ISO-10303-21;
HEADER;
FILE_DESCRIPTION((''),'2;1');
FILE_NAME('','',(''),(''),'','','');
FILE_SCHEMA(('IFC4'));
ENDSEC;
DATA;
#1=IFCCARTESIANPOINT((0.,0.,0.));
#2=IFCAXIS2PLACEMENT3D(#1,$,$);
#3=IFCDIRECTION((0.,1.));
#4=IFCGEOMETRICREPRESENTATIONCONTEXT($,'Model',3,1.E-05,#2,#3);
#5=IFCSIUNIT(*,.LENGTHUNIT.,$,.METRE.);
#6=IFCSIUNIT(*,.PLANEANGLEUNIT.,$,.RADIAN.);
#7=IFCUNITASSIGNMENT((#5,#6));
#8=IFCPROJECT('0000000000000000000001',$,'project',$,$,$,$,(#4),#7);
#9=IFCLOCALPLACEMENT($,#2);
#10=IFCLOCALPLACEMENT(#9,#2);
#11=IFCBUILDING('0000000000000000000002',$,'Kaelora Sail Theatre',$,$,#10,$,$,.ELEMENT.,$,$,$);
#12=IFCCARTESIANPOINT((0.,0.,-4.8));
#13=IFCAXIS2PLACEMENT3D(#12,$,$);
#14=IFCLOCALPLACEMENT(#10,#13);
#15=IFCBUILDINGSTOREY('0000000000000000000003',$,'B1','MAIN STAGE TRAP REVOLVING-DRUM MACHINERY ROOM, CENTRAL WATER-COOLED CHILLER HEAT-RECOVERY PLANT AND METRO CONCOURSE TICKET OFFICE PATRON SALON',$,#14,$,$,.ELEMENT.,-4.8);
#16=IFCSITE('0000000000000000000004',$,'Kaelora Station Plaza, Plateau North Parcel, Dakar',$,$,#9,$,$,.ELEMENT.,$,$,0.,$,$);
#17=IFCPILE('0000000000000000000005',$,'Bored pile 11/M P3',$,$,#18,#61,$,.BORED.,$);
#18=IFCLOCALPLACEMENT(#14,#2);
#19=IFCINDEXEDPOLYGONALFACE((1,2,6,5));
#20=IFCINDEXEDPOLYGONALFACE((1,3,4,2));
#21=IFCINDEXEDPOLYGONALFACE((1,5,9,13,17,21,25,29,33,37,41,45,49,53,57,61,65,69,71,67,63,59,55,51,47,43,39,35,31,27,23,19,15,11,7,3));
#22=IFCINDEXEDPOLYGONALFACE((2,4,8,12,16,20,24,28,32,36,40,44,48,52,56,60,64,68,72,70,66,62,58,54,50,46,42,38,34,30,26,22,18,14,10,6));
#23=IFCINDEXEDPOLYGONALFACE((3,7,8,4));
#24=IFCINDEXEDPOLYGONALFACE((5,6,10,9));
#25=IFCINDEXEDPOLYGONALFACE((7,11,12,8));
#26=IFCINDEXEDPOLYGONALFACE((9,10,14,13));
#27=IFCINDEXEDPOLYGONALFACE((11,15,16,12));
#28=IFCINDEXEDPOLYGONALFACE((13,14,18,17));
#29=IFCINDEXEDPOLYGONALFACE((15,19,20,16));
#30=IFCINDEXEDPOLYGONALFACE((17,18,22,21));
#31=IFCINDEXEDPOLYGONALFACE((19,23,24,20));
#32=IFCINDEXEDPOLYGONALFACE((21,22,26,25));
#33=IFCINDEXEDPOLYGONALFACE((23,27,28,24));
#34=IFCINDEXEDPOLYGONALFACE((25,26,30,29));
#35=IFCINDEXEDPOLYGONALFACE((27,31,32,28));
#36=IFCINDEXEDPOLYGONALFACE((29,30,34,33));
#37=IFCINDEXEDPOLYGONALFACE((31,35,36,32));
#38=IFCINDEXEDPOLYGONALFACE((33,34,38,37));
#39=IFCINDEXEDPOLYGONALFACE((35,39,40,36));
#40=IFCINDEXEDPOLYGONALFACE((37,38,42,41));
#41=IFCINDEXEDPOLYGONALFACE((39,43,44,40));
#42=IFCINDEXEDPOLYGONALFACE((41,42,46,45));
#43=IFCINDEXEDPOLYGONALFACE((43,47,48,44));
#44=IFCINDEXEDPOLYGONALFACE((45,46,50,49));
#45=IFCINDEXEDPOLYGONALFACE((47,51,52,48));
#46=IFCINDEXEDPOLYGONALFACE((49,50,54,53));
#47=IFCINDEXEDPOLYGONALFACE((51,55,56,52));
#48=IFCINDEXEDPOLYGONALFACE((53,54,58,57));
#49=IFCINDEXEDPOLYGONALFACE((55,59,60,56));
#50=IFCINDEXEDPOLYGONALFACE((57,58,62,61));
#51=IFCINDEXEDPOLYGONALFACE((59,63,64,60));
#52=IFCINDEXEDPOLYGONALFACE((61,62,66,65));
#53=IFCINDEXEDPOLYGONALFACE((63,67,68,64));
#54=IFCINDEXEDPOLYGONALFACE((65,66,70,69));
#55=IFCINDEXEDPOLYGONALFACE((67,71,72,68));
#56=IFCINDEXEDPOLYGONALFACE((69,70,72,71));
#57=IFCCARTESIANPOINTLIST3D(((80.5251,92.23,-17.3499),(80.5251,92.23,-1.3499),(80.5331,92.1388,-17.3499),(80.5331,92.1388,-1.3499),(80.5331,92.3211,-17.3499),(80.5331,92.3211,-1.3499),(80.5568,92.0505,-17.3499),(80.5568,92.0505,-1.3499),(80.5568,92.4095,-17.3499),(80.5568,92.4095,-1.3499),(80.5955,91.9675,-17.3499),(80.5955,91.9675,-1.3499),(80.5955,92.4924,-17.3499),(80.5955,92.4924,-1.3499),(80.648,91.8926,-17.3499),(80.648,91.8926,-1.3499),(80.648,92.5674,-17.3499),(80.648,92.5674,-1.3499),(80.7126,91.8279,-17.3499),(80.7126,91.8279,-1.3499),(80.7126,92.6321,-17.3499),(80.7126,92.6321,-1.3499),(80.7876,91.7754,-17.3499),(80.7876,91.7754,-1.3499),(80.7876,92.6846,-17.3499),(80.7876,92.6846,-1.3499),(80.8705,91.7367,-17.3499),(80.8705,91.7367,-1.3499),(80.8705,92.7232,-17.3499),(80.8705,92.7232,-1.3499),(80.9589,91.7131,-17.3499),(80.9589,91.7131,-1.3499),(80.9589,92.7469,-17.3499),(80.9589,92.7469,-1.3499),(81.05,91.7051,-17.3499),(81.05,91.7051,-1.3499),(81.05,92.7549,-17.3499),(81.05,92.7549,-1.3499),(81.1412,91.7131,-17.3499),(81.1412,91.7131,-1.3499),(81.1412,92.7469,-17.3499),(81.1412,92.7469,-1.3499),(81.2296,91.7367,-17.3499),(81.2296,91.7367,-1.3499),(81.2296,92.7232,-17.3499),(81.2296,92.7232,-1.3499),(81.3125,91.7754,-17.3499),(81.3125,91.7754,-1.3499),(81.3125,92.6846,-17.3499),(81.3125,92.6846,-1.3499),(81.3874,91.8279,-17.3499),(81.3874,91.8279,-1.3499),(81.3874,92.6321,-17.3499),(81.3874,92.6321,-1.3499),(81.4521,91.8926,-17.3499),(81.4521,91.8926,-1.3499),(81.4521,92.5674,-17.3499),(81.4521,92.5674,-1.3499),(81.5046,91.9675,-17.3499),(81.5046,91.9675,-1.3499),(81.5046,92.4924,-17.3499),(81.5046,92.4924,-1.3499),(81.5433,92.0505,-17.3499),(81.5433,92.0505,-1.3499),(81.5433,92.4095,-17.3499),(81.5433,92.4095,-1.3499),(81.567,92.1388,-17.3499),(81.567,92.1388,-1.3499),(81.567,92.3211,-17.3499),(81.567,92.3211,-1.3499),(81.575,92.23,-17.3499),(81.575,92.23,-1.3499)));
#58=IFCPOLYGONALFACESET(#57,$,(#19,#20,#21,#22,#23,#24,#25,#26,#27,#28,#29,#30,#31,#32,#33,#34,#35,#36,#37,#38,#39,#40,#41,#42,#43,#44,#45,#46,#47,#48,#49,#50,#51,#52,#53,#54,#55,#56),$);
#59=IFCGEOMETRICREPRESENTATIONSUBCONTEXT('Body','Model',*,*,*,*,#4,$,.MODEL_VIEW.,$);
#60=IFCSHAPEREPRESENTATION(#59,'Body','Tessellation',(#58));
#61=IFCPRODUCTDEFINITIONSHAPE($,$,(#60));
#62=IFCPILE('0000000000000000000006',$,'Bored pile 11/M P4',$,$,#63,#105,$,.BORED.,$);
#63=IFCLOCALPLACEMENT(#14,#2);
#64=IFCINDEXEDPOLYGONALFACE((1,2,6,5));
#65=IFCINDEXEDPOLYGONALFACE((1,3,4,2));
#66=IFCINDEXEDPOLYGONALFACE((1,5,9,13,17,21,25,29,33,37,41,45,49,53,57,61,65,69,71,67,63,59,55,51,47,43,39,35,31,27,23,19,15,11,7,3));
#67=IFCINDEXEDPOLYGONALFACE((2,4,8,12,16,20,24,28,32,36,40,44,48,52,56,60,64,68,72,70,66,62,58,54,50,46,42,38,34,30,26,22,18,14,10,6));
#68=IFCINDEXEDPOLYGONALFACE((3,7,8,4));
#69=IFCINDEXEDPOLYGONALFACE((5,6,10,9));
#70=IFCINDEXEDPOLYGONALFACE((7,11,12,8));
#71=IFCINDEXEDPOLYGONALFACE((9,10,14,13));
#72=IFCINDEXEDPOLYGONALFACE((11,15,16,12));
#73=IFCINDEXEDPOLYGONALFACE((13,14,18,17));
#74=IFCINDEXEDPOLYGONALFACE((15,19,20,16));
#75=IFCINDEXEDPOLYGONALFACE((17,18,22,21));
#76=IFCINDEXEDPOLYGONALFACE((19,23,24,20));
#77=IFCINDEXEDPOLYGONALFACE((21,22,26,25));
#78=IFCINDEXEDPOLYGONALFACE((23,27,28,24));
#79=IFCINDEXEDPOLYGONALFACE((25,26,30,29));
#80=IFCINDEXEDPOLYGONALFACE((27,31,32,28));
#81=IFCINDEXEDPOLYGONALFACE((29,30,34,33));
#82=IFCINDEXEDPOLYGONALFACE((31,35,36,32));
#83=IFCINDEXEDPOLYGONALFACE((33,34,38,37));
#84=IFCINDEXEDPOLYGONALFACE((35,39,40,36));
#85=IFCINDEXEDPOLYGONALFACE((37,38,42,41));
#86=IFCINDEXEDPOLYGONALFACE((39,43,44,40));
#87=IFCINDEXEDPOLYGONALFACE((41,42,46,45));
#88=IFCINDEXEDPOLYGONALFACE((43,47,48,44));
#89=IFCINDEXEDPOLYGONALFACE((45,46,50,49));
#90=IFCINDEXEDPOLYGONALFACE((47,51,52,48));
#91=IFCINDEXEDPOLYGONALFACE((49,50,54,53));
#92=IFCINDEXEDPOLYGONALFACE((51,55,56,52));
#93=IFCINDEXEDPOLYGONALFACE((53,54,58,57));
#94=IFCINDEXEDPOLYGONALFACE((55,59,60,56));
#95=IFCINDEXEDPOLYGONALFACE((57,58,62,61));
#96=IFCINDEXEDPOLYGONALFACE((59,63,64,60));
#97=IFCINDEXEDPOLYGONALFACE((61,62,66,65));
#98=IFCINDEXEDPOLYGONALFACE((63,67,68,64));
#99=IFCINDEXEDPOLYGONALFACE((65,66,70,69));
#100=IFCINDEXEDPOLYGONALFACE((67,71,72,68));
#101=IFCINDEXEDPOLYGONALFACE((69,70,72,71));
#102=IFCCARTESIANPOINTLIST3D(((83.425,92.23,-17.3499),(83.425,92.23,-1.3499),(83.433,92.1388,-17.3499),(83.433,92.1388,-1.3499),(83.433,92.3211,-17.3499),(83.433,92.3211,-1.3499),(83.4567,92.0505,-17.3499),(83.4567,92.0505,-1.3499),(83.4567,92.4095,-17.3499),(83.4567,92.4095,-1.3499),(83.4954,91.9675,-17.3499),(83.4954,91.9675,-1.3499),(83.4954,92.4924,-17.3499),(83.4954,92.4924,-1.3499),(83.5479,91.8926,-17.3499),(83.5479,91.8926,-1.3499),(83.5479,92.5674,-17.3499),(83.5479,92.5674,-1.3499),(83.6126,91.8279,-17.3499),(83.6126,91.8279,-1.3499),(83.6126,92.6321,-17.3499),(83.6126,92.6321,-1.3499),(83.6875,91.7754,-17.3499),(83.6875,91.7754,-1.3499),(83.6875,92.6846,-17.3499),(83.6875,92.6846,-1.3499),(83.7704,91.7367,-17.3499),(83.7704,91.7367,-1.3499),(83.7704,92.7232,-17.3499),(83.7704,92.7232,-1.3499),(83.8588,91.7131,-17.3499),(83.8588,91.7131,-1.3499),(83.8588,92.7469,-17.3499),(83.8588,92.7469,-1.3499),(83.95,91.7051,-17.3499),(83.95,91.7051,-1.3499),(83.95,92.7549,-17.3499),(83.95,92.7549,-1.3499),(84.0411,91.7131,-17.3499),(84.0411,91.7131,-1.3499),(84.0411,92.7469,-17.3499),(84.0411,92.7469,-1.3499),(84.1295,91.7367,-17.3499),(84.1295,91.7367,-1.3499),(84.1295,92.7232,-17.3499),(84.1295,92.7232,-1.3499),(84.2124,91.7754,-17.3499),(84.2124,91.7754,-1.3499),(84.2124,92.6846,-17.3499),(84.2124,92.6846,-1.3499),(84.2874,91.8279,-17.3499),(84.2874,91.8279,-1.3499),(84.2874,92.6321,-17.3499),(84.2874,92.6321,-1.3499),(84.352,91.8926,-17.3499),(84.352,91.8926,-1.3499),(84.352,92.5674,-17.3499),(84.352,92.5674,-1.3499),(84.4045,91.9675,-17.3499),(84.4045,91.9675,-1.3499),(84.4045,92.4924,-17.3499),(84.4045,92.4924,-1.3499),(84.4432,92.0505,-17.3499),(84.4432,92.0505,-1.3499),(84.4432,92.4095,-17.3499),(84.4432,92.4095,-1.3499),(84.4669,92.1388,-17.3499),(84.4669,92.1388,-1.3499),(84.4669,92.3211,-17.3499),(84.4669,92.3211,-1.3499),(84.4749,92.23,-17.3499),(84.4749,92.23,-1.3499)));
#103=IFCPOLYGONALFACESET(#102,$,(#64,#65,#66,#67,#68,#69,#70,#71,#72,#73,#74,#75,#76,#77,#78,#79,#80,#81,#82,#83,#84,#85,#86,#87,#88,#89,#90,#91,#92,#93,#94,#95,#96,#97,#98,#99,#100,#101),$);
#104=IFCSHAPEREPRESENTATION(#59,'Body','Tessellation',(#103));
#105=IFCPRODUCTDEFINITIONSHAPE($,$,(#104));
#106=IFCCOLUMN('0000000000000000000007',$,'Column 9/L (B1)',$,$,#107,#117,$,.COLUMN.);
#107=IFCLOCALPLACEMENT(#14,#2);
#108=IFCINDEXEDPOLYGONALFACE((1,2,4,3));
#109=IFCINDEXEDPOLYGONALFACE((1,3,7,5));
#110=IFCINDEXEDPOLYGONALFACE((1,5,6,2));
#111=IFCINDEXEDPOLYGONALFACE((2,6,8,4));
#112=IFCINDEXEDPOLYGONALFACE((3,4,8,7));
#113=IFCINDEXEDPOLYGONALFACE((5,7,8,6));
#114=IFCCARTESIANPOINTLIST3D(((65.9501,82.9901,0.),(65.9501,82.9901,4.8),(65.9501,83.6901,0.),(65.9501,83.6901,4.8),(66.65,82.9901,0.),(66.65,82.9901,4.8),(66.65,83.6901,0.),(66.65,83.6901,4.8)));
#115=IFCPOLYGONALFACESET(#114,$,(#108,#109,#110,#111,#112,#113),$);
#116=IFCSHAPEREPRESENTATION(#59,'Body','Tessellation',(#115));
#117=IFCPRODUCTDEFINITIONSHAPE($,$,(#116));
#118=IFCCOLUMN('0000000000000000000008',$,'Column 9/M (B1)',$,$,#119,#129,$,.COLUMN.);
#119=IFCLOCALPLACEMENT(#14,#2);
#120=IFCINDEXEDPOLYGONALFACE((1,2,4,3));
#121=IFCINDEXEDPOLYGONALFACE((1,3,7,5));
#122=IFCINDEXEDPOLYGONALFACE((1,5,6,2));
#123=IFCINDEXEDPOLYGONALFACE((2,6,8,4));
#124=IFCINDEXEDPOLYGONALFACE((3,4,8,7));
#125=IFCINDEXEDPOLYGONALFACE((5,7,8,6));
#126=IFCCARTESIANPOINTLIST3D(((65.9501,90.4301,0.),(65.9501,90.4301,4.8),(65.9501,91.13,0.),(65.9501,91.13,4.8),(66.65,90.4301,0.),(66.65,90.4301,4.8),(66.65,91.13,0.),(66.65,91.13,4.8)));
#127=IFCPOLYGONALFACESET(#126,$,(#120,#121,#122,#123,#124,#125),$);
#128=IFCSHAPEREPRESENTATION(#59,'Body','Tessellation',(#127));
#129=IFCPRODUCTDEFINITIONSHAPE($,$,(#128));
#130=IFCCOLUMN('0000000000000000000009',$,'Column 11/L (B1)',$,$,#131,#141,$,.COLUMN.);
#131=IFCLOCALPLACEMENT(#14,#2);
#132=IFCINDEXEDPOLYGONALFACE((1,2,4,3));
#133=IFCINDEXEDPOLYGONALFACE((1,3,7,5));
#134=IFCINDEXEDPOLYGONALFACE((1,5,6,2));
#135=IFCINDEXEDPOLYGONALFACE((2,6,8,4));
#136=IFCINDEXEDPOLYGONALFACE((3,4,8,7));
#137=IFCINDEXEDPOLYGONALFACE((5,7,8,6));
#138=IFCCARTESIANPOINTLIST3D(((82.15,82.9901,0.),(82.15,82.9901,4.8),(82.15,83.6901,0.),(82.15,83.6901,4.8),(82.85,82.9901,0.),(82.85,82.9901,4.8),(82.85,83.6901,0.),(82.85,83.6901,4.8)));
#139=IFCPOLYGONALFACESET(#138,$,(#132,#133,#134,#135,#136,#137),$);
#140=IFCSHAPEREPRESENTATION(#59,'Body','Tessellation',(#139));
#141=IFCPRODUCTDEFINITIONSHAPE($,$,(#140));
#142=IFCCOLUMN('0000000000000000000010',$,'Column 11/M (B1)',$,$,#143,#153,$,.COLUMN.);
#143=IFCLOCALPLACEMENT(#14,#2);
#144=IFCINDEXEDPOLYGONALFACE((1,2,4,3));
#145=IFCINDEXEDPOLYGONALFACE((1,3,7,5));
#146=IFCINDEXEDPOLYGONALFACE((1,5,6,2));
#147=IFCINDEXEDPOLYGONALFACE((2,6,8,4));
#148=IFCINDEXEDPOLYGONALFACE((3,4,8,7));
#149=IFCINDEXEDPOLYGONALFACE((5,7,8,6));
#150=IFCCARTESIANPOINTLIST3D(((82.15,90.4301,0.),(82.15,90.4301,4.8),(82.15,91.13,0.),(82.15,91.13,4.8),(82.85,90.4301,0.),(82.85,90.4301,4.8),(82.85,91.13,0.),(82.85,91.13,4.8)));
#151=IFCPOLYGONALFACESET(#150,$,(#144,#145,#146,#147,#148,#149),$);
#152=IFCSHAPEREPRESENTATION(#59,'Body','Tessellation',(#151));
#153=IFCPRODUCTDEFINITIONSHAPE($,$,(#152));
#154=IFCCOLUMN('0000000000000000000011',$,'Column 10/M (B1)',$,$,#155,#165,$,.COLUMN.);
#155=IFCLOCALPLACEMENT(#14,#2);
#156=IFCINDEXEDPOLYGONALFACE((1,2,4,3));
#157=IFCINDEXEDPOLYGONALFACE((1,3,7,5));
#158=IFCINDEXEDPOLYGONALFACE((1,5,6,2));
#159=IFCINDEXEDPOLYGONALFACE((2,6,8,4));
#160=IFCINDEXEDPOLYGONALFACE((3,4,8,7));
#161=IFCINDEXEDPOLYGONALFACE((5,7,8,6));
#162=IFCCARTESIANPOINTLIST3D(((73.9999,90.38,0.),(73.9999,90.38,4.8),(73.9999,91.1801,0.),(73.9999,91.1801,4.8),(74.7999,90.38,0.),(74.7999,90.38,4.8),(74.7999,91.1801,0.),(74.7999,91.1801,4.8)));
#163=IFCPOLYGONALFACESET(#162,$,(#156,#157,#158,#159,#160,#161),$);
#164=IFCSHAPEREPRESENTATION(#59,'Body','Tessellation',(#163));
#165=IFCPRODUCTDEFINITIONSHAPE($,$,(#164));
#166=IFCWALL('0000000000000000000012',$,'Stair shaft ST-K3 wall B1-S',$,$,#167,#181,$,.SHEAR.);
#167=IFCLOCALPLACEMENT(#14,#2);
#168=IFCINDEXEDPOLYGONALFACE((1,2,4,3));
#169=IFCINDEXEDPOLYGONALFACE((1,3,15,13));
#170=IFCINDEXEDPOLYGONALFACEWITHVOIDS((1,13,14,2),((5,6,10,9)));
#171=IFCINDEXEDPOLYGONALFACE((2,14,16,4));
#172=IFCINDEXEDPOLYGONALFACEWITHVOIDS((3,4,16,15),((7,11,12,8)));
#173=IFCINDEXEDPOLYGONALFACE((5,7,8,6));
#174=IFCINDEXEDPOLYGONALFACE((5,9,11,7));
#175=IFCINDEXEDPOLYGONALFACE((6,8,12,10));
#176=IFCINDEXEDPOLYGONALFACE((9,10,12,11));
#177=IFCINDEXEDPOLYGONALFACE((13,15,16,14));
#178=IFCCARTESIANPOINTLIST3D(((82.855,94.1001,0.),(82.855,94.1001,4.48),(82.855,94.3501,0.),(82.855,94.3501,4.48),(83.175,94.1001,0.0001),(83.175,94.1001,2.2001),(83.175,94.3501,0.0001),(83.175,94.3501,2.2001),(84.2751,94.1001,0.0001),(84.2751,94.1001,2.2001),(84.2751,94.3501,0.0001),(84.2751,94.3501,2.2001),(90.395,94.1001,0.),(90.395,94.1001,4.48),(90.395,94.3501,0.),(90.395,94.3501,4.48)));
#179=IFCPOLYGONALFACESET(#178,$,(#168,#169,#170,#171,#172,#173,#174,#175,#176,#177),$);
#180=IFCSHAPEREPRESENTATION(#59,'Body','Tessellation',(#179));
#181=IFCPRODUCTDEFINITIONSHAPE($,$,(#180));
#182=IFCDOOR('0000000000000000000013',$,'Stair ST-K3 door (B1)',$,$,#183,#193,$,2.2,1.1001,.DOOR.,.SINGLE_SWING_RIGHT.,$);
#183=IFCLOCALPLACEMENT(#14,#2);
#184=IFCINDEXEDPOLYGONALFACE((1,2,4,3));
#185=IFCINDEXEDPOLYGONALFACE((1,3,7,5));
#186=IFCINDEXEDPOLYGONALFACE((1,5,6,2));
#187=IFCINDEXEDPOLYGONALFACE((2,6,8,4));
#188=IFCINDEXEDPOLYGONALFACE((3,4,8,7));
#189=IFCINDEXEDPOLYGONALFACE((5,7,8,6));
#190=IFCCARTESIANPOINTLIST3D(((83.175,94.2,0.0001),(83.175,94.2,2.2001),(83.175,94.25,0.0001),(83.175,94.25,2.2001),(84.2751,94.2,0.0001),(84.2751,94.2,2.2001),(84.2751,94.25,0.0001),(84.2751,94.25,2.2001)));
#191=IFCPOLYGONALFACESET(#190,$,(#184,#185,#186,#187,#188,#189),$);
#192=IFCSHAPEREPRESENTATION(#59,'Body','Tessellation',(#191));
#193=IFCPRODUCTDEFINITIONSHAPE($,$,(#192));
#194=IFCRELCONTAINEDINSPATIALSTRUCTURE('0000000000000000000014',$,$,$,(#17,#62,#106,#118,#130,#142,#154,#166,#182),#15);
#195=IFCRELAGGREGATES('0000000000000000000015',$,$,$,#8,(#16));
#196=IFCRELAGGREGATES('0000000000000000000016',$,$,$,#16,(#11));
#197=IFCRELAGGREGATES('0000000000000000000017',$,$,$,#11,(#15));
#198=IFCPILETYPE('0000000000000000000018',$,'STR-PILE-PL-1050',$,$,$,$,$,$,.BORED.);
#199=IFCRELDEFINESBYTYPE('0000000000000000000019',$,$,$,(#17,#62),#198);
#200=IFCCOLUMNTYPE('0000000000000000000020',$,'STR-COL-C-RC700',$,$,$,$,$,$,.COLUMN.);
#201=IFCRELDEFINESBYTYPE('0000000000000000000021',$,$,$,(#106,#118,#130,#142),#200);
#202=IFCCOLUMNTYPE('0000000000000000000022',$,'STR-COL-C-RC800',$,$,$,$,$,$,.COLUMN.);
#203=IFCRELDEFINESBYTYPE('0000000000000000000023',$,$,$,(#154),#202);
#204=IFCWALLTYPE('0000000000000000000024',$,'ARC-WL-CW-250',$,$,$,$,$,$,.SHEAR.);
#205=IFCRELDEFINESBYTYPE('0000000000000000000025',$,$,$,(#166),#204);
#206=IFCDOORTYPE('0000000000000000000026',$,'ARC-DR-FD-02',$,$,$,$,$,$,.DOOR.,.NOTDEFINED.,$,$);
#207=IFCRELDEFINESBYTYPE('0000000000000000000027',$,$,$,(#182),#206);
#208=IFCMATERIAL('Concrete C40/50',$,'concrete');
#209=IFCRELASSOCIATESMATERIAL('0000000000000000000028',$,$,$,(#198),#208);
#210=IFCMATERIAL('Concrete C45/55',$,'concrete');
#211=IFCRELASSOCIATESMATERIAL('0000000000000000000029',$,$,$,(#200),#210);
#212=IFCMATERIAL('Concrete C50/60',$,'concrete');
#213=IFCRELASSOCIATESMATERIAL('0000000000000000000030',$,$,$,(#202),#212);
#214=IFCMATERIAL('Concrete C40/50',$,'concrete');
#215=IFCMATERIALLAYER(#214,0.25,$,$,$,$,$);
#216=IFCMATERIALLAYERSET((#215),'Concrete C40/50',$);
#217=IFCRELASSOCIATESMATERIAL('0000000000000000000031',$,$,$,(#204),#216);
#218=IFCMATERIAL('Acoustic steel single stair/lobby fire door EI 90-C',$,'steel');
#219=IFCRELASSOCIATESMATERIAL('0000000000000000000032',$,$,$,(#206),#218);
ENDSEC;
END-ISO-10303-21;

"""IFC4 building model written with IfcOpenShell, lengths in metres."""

from ifc_helpers import new_model, si_unit, direction, frame, frame_2d, origin, origin_2d, place, context, subcontext, project, spatial, rectangle, circle, extrude, material, layer, layer_set, material_profile, profile_set, type_object, element, fill, save


model = new_model("IFC4")

# Units and contexts
model_context = context("Model", 3, precision=1e-05, world=origin(), true_north=direction((0.0, 1.0)))
body_context = subcontext(model_context, "Body", "Model", "MODEL_VIEW")
ifc_project = project(units=[si_unit("LENGTHUNIT", "METRE"), si_unit("PLANEANGLEUNIT", "RADIAN")], contexts=[model_context])

# Site, building, storey
site_placement = place(None, origin())
site = spatial("IfcSite", under=ifc_project, at=site_placement, Name="Kaelora Station Plaza, Plateau North Parcel, Dakar", CompositionType="ELEMENT", RefElevation=0.0)
building_placement = place(site_placement, origin())
building = spatial("IfcBuilding", under=site, at=building_placement, Name="Kaelora Sail Theatre", CompositionType="ELEMENT")
storey_placement = place(building_placement, frame((0.0, 0.0, -4.8)))
storey = spatial("IfcBuildingStorey", under=building, at=storey_placement, Name="B1", Description="MAIN STAGE TRAP REVOLVING-DRUM MACHINERY ROOM, CENTRAL WATER-COOLED CHILLER HEAT-RECOVERY PLANT AND METRO CONCOURSE TICKET OFFICE PATRON SALON", CompositionType="ELEMENT", Elevation=-4.8)

# Piles
ifc_material_1 = material(Name="Concrete C40/50", Category="concrete")
ifc_material_profile_1 = material_profile(ifc_material_1, circle(Radius=0.5249, at=origin_2d()), Name="PILE D1050")
ifc_profile_set_1 = profile_set([ifc_material_profile_1], Name="Concrete C40/50")
pile_type = type_object("IfcPileType", Name="STR-PILE-PL-1050", PredefinedType="BORED", material=ifc_profile_set_1)
for number, where, z_axis, x_axis, name in (
    (1, (81.05, 92.23, -1.3499), (0.0, 0.0, -1.0), (1.0, 0.0, 0.0), "Bored pile 11/M P3"),
    (2, (83.95, 92.23, -1.3499), (0.0, 0.0, -1.0), (1.0, 0.0, 0.0), "Bored pile 11/M P4"),
):
    element("IfcPile", number, at=place(storey_placement, frame(where, z_axis=z_axis, x_axis=x_axis)), inside=storey, type_object=pile_type, Name=name, PredefinedType="BORED", context=body_context, shape_type="SweptSolid", body=[
        extrude(circle(Radius=0.5249, at=origin_2d()), origin(), (0.0, 0.0, 1.0), 16.0),
    ])

# Columns
ifc_material_2 = material(Name="Concrete C45/55", Category="concrete")
ifc_material_profile_2 = material_profile(ifc_material_2, rectangle(XDim=0.7, YDim=0.7, at=origin_2d()), Name="RC-COL 700x700")
ifc_profile_set_2 = profile_set([ifc_material_profile_2], Name="Concrete C45/55")
column_type_1 = type_object("IfcColumnType", Name="STR-COL-C-RC700", PredefinedType="COLUMN", material=ifc_profile_set_2)
for number, where, z_axis, x_axis, name in (
    (3, (66.3, 83.3401, 0.0), (0.0, 0.0, 1.0), (1.0, 0.0, 0.0), "Column 9/L (B1)"),
    (4, (66.3, 90.78, 0.0), (0.0, 0.0, 1.0), (1.0, 0.0, 0.0), "Column 9/M (B1)"),
    (5, (82.5, 83.3401, 0.0), (0.0, 0.0, 1.0), (1.0, 0.0, 0.0), "Column 11/L (B1)"),
    (6, (82.5, 90.78, 0.0), (0.0, 0.0, 1.0), (1.0, 0.0, 0.0), "Column 11/M (B1)"),
):
    element("IfcColumn", number, at=place(storey_placement, frame(where, z_axis=z_axis, x_axis=x_axis)), inside=storey, type_object=column_type_1, Name=name, PredefinedType="COLUMN", context=body_context, shape_type="SweptSolid", body=[
        extrude(rectangle(XDim=0.7, YDim=0.7, at=origin_2d()), origin(), (0.0, 0.0, 1.0), 4.8),
    ])
ifc_material_3 = material(Name="Concrete C50/60", Category="concrete")
ifc_material_profile_3 = material_profile(ifc_material_3, rectangle(XDim=0.8, YDim=0.8, at=origin_2d()), Name="RC-COL 800x800")
ifc_profile_set_3 = profile_set([ifc_material_profile_3], Name="Concrete C50/60")
column_type_2 = type_object("IfcColumnType", Name="STR-COL-C-RC800", PredefinedType="COLUMN", material=ifc_profile_set_3)
column_placement = place(storey_placement, frame((74.3999, 90.78, 0.0), z_axis=(0.0, 0.0, 1.0), x_axis=(1.0, 0.0, 0.0)))
element("IfcColumn", 7, at=column_placement, inside=storey, type_object=column_type_2, Name="Column 10/M (B1)", PredefinedType="COLUMN", context=body_context, shape_type="SweptSolid", body=[
    extrude(rectangle(XDim=0.8, YDim=0.8, at=origin_2d()), origin(), (0.0, 0.0, 1.0), 4.8),
])

# Wall, opening, door
ifc_material_4 = material(Name="Concrete C40/50", Category="concrete")
ifc_layer_1 = layer(ifc_material_4, 0.25)
ifc_layer_set_1 = layer_set([ifc_layer_1], Name="Concrete C40/50")
wall_type_1 = type_object("IfcWallType", Name="ARC-WL-CW-250", PredefinedType="SHEAR", material=ifc_layer_set_1)
wall_1_placement = place(storey_placement, frame((82.855, 94.2251, 0.0), z_axis=(0.0, 0.0, 1.0), x_axis=(1.0, 0.0, 0.0)))
wall_1 = element("IfcWall", 8, at=wall_1_placement, inside=storey, type_object=wall_type_1, Name="Stair shaft ST-K3 wall B1-S", PredefinedType="SHEAR", context=body_context, shape_type="SweptSolid", body=[
    extrude(rectangle(XDim=7.54, YDim=0.25, at=frame_2d((3.77, 0.0))), origin(), (0.0, 0.0, 1.0), 4.48),
])
opening_1_placement = place(wall_1_placement, frame((0.3201, 0.0, 0.0)))
opening_1 = element("IfcOpeningElement", 9, at=opening_1_placement, cuts=wall_1, PredefinedType="OPENING", context=body_context, shape_type="SweptSolid", body=[
    extrude(rectangle(XDim=1.1001, YDim=2.2, at=frame_2d((0.55, 1.1001))), frame((0.0, 0.135, 0.0), z_axis=(0.0, -1.0, 0.0), x_axis=(1.0, 0.0, 0.0)), (0.0, 0.0, 1.0), 0.27),
])
ifc_material_5 = material(Name="Acoustic steel single stair/lobby fire door EI 90-C", Category="steel")
door_type_1 = type_object("IfcDoorType", Name="ARC-DR-FD-02", OperationType="NOTDEFINED", PredefinedType="DOOR", material=ifc_material_5)
door_1_placement = place(opening_1_placement, origin())
door_1 = element("IfcDoor", 10, at=door_1_placement, inside=storey, type_object=door_type_1, Name="Stair ST-K3 door (B1)", OperationType="SINGLE_SWING_RIGHT", OverallHeight=2.2, OverallWidth=1.1001, PredefinedType="DOOR", context=body_context, shape_type="SweptSolid", body=[
    extrude(rectangle(XDim=1.1001, YDim=2.2, at=frame_2d((0.55, 1.1001))), frame((0.0, 0.0249, 0.0), z_axis=(0.0, -1.0, 0.0), x_axis=(1.0, 0.0, 0.0)), (0.0, 0.0, 1.0), 0.05),
])
fill(opening_1, door_1)

save(model, "model.ifc")
